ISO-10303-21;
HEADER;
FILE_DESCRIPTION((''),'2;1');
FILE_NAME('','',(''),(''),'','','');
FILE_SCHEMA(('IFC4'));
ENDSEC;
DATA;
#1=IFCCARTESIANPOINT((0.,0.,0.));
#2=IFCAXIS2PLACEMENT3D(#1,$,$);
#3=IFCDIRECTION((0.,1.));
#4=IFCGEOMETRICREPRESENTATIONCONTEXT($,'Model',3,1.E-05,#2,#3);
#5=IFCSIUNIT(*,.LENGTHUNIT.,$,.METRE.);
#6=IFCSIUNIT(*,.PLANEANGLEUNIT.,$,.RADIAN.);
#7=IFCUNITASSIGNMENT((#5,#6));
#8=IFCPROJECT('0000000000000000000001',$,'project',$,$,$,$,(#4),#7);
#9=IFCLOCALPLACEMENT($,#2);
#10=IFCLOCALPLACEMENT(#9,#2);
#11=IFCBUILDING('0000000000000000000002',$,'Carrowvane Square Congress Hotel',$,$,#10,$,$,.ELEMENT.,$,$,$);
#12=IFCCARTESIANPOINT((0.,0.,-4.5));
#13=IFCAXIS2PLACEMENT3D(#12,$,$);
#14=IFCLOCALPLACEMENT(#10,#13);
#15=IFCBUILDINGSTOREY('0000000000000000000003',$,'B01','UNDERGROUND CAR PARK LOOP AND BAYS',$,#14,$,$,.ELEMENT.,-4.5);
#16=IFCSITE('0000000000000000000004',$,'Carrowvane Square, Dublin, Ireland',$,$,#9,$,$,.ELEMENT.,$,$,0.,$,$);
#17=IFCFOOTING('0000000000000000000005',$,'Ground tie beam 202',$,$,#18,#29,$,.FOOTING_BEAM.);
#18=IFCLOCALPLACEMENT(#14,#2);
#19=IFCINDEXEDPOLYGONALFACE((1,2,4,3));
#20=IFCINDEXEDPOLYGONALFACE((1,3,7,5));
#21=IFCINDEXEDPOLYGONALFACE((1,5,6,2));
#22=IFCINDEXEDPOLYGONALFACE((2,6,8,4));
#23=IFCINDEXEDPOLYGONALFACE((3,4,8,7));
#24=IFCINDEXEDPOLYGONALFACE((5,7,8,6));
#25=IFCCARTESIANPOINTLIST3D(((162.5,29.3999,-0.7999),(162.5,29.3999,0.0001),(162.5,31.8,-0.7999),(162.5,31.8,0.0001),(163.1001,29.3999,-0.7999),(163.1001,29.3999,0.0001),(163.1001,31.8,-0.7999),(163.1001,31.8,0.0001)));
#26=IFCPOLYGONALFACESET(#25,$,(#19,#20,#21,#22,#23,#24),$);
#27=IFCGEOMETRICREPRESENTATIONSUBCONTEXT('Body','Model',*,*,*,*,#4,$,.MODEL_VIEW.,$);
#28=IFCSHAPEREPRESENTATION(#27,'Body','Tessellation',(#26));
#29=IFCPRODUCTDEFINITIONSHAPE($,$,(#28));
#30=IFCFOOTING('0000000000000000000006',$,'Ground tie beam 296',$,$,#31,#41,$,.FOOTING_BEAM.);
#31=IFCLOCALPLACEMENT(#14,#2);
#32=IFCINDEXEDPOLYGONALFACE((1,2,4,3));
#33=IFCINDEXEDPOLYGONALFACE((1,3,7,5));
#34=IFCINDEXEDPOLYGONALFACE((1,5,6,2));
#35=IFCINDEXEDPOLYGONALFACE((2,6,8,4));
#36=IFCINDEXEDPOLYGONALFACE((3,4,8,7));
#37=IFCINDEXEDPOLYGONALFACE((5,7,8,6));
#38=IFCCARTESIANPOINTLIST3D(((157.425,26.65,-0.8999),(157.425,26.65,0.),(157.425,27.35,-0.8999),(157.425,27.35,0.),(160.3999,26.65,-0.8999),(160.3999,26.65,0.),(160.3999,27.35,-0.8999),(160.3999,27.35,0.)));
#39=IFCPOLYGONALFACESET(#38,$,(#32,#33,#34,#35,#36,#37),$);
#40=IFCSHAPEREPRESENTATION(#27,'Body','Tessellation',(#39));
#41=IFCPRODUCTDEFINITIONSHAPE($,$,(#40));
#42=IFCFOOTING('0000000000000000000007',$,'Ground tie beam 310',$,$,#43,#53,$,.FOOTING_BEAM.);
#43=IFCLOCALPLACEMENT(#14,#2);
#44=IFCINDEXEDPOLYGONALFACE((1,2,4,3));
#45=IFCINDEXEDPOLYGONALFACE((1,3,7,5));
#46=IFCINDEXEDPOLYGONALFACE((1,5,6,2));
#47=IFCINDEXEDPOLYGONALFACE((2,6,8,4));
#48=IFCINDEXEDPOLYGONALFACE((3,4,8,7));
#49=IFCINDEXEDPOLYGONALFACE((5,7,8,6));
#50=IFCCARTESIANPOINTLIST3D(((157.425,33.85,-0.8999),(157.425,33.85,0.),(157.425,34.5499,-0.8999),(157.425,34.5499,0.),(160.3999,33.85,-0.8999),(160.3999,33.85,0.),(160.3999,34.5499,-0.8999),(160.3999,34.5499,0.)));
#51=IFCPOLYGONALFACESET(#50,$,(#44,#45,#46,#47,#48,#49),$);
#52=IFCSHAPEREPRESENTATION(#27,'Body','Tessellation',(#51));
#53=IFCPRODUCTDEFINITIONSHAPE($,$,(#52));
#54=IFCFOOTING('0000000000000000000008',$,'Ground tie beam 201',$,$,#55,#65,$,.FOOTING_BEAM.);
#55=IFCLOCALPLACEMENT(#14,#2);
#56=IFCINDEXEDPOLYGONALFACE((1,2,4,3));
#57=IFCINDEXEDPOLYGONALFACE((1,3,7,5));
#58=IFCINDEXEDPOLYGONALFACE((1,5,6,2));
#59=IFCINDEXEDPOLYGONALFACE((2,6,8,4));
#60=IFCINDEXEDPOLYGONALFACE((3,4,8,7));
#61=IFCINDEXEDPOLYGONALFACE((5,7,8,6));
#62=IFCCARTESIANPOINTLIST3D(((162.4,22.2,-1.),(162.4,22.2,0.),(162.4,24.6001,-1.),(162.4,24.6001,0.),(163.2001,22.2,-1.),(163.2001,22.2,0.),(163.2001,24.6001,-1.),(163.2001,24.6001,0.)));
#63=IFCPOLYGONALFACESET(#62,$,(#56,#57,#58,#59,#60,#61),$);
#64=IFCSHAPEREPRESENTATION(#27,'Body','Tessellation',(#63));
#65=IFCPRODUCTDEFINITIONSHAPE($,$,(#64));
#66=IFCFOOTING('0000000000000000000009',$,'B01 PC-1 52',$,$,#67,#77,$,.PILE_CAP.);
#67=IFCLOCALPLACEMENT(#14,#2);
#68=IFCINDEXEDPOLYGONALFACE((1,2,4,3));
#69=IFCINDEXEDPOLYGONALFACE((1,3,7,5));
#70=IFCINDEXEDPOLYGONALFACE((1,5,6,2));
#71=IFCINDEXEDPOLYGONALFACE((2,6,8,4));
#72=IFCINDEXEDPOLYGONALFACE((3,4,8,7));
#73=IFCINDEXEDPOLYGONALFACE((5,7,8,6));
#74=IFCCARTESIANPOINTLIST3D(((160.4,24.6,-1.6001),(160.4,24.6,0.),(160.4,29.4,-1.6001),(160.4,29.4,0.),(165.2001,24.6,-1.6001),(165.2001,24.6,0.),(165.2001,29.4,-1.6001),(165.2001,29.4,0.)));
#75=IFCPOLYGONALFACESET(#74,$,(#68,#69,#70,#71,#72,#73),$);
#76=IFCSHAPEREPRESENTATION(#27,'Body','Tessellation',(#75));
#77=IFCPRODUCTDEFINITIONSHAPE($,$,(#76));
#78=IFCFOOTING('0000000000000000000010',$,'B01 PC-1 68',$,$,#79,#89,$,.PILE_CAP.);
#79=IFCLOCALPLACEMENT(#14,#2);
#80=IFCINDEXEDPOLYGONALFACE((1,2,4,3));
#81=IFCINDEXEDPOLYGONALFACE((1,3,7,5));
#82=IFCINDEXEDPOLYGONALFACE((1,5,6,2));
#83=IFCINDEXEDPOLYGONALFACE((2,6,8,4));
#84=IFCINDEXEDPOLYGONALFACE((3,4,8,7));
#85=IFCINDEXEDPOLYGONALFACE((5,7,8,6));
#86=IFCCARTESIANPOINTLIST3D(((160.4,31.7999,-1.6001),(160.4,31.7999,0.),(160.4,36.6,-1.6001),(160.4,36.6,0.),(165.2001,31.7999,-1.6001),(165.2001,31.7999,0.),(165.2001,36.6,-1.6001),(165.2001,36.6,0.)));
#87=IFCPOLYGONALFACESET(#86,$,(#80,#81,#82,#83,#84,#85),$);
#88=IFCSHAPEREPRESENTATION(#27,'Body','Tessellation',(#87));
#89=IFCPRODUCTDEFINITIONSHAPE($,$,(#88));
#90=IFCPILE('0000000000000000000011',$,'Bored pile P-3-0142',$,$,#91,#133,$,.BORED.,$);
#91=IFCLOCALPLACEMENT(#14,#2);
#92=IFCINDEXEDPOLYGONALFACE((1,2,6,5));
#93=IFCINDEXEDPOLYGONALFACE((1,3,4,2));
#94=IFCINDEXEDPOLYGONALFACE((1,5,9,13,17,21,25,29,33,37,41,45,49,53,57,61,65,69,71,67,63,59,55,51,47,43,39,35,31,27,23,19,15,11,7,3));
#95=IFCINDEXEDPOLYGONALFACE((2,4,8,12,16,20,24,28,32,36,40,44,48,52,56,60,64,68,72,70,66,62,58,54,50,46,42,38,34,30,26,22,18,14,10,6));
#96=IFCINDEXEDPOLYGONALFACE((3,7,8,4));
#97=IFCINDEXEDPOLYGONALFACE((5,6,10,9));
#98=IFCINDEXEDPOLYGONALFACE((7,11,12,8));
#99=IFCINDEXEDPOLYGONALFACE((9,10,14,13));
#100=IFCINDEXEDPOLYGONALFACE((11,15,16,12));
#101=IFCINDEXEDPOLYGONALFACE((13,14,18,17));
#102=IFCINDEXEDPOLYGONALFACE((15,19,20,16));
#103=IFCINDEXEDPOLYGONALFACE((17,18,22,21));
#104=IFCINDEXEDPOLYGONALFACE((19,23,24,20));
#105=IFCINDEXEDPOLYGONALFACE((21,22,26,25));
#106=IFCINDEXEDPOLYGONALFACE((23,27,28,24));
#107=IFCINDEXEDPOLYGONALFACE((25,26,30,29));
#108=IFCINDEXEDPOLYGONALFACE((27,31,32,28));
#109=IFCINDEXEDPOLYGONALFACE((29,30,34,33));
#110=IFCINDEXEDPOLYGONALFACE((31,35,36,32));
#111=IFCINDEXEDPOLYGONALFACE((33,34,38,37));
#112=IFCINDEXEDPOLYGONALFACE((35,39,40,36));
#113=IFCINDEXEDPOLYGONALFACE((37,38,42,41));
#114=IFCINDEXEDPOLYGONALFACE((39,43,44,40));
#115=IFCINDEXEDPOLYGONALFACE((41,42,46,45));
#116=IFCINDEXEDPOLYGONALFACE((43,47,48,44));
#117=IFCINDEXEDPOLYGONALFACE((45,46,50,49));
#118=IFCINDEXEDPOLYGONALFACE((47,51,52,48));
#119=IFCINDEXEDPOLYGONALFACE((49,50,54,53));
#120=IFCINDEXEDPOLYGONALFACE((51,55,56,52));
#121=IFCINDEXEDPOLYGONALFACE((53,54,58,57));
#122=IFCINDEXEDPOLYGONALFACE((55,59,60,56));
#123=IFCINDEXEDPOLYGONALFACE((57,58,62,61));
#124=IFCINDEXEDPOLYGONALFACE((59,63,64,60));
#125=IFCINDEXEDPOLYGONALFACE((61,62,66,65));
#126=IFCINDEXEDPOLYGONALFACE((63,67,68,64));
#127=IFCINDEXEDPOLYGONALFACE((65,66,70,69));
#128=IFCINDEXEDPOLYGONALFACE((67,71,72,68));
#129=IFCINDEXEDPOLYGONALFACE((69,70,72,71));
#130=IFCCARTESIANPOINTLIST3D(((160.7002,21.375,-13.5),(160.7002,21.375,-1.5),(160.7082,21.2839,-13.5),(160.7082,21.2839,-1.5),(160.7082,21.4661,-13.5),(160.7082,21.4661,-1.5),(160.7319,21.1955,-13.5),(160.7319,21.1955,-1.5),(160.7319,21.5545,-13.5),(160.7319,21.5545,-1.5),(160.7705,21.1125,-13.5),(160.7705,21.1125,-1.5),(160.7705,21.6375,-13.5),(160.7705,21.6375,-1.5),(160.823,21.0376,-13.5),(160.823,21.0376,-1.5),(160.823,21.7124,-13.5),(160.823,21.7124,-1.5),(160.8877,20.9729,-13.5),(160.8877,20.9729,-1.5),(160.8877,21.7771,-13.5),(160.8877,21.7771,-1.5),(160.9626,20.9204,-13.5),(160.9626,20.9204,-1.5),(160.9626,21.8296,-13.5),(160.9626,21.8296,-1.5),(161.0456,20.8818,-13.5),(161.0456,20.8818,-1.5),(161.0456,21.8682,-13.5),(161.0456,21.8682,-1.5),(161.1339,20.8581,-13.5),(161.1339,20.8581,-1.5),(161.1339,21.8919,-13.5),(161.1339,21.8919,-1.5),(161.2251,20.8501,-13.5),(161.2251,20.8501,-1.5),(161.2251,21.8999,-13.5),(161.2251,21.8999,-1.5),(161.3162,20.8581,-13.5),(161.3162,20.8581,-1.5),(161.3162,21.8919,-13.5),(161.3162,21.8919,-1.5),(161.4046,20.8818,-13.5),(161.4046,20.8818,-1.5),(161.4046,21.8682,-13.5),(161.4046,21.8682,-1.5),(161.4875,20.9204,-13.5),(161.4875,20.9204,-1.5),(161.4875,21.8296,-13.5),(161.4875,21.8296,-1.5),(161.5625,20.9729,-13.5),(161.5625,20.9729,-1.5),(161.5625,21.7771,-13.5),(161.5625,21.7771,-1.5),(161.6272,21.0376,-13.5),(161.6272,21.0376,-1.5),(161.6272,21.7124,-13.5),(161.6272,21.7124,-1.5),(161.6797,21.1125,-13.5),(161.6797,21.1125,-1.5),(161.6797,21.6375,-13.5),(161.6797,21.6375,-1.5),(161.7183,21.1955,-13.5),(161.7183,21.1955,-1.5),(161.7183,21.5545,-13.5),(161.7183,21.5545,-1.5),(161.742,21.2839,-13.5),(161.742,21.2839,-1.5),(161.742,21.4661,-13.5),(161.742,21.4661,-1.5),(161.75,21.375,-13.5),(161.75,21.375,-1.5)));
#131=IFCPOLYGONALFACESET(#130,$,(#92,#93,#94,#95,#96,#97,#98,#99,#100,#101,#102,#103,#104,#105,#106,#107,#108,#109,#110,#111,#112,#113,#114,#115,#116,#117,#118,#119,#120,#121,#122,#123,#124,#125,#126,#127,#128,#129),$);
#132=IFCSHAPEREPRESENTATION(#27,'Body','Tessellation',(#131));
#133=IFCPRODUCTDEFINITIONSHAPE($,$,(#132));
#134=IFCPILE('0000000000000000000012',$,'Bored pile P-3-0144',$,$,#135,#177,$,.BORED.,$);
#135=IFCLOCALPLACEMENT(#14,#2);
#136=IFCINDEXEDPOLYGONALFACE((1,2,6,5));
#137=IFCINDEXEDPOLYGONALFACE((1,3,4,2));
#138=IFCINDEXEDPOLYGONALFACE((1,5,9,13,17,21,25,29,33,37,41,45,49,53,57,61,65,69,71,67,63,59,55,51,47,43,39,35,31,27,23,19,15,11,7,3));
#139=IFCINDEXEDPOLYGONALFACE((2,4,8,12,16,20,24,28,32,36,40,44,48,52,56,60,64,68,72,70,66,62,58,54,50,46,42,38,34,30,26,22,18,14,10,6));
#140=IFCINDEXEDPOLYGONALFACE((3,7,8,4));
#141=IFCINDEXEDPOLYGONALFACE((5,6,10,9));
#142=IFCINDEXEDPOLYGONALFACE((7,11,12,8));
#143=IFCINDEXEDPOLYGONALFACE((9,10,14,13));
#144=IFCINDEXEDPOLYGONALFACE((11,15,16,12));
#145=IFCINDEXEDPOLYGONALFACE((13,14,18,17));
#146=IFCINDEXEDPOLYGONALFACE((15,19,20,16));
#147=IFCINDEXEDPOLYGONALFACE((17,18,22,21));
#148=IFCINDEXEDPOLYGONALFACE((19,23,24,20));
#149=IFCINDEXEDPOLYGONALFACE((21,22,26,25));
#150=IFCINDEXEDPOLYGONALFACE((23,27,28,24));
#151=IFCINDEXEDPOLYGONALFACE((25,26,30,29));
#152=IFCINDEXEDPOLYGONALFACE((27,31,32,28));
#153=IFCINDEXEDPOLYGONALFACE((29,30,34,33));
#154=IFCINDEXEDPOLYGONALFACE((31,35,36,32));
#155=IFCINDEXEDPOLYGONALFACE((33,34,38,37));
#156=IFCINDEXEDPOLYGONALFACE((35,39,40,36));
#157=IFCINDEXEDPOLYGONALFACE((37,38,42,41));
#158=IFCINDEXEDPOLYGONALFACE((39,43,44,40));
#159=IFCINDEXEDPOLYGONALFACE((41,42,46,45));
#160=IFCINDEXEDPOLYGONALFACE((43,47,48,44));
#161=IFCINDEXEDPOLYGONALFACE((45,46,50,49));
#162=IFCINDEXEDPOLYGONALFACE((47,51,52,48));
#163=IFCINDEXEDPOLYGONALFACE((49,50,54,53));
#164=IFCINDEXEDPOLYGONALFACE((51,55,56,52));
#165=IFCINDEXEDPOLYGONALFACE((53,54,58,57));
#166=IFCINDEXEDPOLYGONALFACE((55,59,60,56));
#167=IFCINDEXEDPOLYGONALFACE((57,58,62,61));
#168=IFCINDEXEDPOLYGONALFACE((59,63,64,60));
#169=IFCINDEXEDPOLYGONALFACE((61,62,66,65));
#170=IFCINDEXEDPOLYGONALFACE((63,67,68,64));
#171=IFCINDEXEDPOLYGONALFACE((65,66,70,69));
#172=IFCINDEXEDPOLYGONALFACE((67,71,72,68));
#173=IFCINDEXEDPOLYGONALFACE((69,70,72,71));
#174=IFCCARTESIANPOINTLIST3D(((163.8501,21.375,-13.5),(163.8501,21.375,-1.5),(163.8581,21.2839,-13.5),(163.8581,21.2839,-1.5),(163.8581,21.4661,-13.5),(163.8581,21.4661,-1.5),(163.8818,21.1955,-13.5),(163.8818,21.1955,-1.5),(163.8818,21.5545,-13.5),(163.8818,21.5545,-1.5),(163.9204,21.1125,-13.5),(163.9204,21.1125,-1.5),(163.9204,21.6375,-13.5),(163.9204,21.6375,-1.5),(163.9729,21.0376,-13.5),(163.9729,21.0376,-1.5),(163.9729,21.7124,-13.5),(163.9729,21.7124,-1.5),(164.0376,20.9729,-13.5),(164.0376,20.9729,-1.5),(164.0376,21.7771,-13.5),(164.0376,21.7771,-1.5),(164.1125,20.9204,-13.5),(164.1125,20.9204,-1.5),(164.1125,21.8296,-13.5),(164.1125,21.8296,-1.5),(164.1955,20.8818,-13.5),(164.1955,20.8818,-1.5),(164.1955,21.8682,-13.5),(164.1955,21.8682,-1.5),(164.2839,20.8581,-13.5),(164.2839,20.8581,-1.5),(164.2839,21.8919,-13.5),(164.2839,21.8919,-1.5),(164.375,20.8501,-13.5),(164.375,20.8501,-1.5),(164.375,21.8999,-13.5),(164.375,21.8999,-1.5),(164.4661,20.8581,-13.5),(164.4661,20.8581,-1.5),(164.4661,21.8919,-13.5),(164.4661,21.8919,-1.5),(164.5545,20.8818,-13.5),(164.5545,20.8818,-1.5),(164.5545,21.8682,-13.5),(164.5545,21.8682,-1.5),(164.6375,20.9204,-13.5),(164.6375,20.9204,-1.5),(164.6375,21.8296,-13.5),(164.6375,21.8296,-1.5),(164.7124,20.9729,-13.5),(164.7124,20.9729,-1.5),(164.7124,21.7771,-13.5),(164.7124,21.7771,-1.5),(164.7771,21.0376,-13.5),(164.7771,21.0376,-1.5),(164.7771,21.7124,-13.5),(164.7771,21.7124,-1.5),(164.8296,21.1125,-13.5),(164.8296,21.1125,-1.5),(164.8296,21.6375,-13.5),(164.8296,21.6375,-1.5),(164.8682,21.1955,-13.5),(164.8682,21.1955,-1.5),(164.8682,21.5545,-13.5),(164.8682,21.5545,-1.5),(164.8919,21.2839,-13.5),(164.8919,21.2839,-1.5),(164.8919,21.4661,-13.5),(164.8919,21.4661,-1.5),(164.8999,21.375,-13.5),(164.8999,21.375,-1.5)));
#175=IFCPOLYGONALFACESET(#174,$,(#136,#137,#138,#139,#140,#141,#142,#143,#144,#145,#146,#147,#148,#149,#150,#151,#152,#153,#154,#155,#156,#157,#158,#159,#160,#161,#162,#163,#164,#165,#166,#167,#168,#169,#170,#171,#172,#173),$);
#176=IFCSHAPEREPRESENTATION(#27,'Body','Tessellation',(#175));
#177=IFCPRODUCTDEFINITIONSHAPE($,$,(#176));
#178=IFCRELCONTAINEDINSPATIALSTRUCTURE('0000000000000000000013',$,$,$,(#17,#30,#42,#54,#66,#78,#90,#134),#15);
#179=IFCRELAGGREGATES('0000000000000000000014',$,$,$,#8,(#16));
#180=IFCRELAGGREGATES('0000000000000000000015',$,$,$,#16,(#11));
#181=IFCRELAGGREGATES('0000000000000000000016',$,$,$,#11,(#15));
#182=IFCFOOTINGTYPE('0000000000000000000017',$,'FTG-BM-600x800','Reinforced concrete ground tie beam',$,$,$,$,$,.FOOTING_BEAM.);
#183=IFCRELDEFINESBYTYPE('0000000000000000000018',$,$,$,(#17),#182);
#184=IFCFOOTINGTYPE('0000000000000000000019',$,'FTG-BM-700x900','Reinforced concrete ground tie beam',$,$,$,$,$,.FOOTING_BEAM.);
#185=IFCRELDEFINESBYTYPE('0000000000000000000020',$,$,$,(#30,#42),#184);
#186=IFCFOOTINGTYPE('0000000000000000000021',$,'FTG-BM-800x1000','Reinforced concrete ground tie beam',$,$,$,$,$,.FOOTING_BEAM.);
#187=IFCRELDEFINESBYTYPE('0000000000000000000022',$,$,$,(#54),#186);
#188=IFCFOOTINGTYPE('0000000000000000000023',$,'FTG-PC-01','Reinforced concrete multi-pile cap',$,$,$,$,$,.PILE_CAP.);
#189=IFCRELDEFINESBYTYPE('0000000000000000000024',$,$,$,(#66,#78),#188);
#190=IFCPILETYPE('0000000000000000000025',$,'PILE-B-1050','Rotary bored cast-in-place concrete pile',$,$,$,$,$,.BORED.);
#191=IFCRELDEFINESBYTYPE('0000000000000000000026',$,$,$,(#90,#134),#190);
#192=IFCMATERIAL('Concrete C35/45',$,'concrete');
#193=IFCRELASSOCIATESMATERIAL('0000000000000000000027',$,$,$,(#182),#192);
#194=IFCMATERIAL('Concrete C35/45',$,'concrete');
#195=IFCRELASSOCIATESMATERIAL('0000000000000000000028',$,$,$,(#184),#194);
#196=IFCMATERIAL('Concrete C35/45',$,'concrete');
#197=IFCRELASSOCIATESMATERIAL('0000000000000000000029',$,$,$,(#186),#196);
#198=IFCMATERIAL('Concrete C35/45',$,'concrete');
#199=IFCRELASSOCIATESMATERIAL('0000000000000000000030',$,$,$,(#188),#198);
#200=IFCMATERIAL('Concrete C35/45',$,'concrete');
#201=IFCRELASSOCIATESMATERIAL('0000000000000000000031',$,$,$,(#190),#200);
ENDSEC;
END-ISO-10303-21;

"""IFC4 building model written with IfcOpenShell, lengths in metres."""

from ifc_helpers import new_model, si_unit, direction, frame, origin, origin_2d, place, context, subcontext, project, spatial, rectangle, circle, extrude, material, material_profile, profile_set, type_object, element, save


model = new_model("IFC4")

# Units and contexts
model_context = context("Model", 3, precision=1e-05, world=origin(), true_north=direction((0.0, 1.0)))
body_context = subcontext(model_context, "Body", "Model", "MODEL_VIEW")
ifc_project = project(units=[si_unit("LENGTHUNIT", "METRE"), si_unit("PLANEANGLEUNIT", "RADIAN")], contexts=[model_context])

# Site, building, storey
site_placement = place(None, origin())
site = spatial("IfcSite", under=ifc_project, at=site_placement, Name="Carrowvane Square, Dublin, Ireland", CompositionType="ELEMENT", RefElevation=0.0)
building_placement = place(site_placement, origin())
building = spatial("IfcBuilding", under=site, at=building_placement, Name="Carrowvane Square Congress Hotel", CompositionType="ELEMENT")
storey_placement = place(building_placement, frame((0.0, 0.0, -4.5)))
storey = spatial("IfcBuildingStorey", under=building, at=storey_placement, Name="B01", Description="UNDERGROUND CAR PARK LOOP AND BAYS", CompositionType="ELEMENT", Elevation=-4.5)

# Footings
ifc_material_1 = material(Name="Concrete C35/45", Category="concrete")
ifc_material_profile_1 = material_profile(ifc_material_1, rectangle(XDim=0.6001, YDim=0.8, at=origin_2d()), Name="RC 600x800")
ifc_profile_set_1 = profile_set([ifc_material_profile_1], Name="Concrete C35/45")
footing_type_1 = type_object("IfcFootingType", Name="FTG-BM-600x800", Description="Reinforced concrete ground tie beam", PredefinedType="FOOTING_BEAM", material=ifc_profile_set_1)
footing_1_placement = place(storey_placement, frame((162.8, 29.3999, -0.3999), z_axis=(0.0, 1.0, 0.0), x_axis=(-1.0, 0.0, 0.0)))
element("IfcFooting", 1, at=footing_1_placement, inside=storey, type_object=footing_type_1, Name="Ground tie beam 202", PredefinedType="FOOTING_BEAM", context=body_context, shape_type="SweptSolid", body=[
    extrude(rectangle(XDim=0.6001, YDim=0.8, at=origin_2d()), origin(), (0.0, 0.0, 1.0), 2.4001),
])
ifc_material_2 = material(Name="Concrete C35/45", Category="concrete")
ifc_material_profile_2 = material_profile(ifc_material_2, rectangle(XDim=0.7, YDim=0.8999, at=origin_2d()), Name="RC 700x900")
ifc_profile_set_2 = profile_set([ifc_material_profile_2], Name="Concrete C35/45")
footing_type_2 = type_object("IfcFootingType", Name="FTG-BM-700x900", Description="Reinforced concrete ground tie beam", PredefinedType="FOOTING_BEAM", material=ifc_profile_set_2)
for number, where, z_axis, x_axis, name in (
    (2, (157.425, 27.0, -0.45), (1.0, 0.0, 0.0), (0.0, 1.0, 0.0), "Ground tie beam 296"),
    (3, (157.425, 34.2, -0.45), (1.0, 0.0, 0.0), (0.0, 1.0, 0.0), "Ground tie beam 310"),
):
    element("IfcFooting", number, at=place(storey_placement, frame(where, z_axis=z_axis, x_axis=x_axis)), inside=storey, type_object=footing_type_2, Name=name, PredefinedType="FOOTING_BEAM", context=body_context, shape_type="SweptSolid", body=[
        extrude(rectangle(XDim=0.7, YDim=0.8999, at=origin_2d()), origin(), (0.0, 0.0, 1.0), 2.9749),
    ])
ifc_material_3 = material(Name="Concrete C35/45", Category="concrete")
ifc_material_profile_3 = material_profile(ifc_material_3, rectangle(XDim=0.8, YDim=1.0, at=origin_2d()), Name="RC 800x1000")
ifc_profile_set_3 = profile_set([ifc_material_profile_3], Name="Concrete C35/45")
footing_type_3 = type_object("IfcFootingType", Name="FTG-BM-800x1000", Description="Reinforced concrete ground tie beam", PredefinedType="FOOTING_BEAM", material=ifc_profile_set_3)
footing_2_placement = place(storey_placement, frame((162.8, 22.2, -0.5), z_axis=(0.0, 1.0, 0.0), x_axis=(-1.0, 0.0, 0.0)))
element("IfcFooting", 4, at=footing_2_placement, inside=storey, type_object=footing_type_3, Name="Ground tie beam 201", PredefinedType="FOOTING_BEAM", context=body_context, shape_type="SweptSolid", body=[
    extrude(rectangle(XDim=0.8, YDim=1.0, at=origin_2d()), origin(), (0.0, 0.0, 1.0), 2.4001),
])
ifc_material_4 = material(Name="Concrete C35/45", Category="concrete")
footing_type_4 = type_object("IfcFootingType", Name="FTG-PC-01", Description="Reinforced concrete multi-pile cap", PredefinedType="PILE_CAP", material=ifc_material_4)
for number, where, z_axis, x_axis, name in (
    (5, (162.8, 27.0, -1.6001), (0.0, 0.0, 1.0), (1.0, 0.0, 0.0), "B01 PC-1 52"),
    (6, (162.8, 34.2, -1.6001), (0.0, 0.0, 1.0), (1.0, 0.0, 0.0), "B01 PC-1 68"),
):
    element("IfcFooting", number, at=place(storey_placement, frame(where, z_axis=z_axis, x_axis=x_axis)), inside=storey, type_object=footing_type_4, Name=name, PredefinedType="PILE_CAP", context=body_context, shape_type="SweptSolid", body=[
        extrude(rectangle(XDim=4.8, YDim=4.8, at=origin_2d()), origin(), (0.0, 0.0, 1.0), 1.6001),
    ])

# Piles
ifc_material_5 = material(Name="Concrete C35/45", Category="concrete")
ifc_material_profile_4 = material_profile(ifc_material_5, circle(Radius=0.5249, at=origin_2d()), Name="PILE D1050")
ifc_profile_set_4 = profile_set([ifc_material_profile_4], Name="Concrete C35/45")
pile_type_1 = type_object("IfcPileType", Name="PILE-B-1050", Description="Rotary bored cast-in-place concrete pile", PredefinedType="BORED", material=ifc_profile_set_4)
for number, where, z_axis, x_axis, name in (
    (7, (161.2251, 21.375, -1.5), (0.0, 0.0, -1.0), (1.0, 0.0, 0.0), "Bored pile P-3-0142"),
    (8, (164.375, 21.375, -1.5), (0.0, 0.0, -1.0), (1.0, 0.0, 0.0), "Bored pile P-3-0144"),
):
    element("IfcPile", number, at=place(storey_placement, frame(where, z_axis=z_axis, x_axis=x_axis)), inside=storey, type_object=pile_type_1, Name=name, PredefinedType="BORED", context=body_context, shape_type="SweptSolid", body=[
        extrude(circle(Radius=0.5249, at=origin_2d()), origin(), (0.0, 0.0, 1.0), 12.0),
    ])

save(model, "model.ifc")
